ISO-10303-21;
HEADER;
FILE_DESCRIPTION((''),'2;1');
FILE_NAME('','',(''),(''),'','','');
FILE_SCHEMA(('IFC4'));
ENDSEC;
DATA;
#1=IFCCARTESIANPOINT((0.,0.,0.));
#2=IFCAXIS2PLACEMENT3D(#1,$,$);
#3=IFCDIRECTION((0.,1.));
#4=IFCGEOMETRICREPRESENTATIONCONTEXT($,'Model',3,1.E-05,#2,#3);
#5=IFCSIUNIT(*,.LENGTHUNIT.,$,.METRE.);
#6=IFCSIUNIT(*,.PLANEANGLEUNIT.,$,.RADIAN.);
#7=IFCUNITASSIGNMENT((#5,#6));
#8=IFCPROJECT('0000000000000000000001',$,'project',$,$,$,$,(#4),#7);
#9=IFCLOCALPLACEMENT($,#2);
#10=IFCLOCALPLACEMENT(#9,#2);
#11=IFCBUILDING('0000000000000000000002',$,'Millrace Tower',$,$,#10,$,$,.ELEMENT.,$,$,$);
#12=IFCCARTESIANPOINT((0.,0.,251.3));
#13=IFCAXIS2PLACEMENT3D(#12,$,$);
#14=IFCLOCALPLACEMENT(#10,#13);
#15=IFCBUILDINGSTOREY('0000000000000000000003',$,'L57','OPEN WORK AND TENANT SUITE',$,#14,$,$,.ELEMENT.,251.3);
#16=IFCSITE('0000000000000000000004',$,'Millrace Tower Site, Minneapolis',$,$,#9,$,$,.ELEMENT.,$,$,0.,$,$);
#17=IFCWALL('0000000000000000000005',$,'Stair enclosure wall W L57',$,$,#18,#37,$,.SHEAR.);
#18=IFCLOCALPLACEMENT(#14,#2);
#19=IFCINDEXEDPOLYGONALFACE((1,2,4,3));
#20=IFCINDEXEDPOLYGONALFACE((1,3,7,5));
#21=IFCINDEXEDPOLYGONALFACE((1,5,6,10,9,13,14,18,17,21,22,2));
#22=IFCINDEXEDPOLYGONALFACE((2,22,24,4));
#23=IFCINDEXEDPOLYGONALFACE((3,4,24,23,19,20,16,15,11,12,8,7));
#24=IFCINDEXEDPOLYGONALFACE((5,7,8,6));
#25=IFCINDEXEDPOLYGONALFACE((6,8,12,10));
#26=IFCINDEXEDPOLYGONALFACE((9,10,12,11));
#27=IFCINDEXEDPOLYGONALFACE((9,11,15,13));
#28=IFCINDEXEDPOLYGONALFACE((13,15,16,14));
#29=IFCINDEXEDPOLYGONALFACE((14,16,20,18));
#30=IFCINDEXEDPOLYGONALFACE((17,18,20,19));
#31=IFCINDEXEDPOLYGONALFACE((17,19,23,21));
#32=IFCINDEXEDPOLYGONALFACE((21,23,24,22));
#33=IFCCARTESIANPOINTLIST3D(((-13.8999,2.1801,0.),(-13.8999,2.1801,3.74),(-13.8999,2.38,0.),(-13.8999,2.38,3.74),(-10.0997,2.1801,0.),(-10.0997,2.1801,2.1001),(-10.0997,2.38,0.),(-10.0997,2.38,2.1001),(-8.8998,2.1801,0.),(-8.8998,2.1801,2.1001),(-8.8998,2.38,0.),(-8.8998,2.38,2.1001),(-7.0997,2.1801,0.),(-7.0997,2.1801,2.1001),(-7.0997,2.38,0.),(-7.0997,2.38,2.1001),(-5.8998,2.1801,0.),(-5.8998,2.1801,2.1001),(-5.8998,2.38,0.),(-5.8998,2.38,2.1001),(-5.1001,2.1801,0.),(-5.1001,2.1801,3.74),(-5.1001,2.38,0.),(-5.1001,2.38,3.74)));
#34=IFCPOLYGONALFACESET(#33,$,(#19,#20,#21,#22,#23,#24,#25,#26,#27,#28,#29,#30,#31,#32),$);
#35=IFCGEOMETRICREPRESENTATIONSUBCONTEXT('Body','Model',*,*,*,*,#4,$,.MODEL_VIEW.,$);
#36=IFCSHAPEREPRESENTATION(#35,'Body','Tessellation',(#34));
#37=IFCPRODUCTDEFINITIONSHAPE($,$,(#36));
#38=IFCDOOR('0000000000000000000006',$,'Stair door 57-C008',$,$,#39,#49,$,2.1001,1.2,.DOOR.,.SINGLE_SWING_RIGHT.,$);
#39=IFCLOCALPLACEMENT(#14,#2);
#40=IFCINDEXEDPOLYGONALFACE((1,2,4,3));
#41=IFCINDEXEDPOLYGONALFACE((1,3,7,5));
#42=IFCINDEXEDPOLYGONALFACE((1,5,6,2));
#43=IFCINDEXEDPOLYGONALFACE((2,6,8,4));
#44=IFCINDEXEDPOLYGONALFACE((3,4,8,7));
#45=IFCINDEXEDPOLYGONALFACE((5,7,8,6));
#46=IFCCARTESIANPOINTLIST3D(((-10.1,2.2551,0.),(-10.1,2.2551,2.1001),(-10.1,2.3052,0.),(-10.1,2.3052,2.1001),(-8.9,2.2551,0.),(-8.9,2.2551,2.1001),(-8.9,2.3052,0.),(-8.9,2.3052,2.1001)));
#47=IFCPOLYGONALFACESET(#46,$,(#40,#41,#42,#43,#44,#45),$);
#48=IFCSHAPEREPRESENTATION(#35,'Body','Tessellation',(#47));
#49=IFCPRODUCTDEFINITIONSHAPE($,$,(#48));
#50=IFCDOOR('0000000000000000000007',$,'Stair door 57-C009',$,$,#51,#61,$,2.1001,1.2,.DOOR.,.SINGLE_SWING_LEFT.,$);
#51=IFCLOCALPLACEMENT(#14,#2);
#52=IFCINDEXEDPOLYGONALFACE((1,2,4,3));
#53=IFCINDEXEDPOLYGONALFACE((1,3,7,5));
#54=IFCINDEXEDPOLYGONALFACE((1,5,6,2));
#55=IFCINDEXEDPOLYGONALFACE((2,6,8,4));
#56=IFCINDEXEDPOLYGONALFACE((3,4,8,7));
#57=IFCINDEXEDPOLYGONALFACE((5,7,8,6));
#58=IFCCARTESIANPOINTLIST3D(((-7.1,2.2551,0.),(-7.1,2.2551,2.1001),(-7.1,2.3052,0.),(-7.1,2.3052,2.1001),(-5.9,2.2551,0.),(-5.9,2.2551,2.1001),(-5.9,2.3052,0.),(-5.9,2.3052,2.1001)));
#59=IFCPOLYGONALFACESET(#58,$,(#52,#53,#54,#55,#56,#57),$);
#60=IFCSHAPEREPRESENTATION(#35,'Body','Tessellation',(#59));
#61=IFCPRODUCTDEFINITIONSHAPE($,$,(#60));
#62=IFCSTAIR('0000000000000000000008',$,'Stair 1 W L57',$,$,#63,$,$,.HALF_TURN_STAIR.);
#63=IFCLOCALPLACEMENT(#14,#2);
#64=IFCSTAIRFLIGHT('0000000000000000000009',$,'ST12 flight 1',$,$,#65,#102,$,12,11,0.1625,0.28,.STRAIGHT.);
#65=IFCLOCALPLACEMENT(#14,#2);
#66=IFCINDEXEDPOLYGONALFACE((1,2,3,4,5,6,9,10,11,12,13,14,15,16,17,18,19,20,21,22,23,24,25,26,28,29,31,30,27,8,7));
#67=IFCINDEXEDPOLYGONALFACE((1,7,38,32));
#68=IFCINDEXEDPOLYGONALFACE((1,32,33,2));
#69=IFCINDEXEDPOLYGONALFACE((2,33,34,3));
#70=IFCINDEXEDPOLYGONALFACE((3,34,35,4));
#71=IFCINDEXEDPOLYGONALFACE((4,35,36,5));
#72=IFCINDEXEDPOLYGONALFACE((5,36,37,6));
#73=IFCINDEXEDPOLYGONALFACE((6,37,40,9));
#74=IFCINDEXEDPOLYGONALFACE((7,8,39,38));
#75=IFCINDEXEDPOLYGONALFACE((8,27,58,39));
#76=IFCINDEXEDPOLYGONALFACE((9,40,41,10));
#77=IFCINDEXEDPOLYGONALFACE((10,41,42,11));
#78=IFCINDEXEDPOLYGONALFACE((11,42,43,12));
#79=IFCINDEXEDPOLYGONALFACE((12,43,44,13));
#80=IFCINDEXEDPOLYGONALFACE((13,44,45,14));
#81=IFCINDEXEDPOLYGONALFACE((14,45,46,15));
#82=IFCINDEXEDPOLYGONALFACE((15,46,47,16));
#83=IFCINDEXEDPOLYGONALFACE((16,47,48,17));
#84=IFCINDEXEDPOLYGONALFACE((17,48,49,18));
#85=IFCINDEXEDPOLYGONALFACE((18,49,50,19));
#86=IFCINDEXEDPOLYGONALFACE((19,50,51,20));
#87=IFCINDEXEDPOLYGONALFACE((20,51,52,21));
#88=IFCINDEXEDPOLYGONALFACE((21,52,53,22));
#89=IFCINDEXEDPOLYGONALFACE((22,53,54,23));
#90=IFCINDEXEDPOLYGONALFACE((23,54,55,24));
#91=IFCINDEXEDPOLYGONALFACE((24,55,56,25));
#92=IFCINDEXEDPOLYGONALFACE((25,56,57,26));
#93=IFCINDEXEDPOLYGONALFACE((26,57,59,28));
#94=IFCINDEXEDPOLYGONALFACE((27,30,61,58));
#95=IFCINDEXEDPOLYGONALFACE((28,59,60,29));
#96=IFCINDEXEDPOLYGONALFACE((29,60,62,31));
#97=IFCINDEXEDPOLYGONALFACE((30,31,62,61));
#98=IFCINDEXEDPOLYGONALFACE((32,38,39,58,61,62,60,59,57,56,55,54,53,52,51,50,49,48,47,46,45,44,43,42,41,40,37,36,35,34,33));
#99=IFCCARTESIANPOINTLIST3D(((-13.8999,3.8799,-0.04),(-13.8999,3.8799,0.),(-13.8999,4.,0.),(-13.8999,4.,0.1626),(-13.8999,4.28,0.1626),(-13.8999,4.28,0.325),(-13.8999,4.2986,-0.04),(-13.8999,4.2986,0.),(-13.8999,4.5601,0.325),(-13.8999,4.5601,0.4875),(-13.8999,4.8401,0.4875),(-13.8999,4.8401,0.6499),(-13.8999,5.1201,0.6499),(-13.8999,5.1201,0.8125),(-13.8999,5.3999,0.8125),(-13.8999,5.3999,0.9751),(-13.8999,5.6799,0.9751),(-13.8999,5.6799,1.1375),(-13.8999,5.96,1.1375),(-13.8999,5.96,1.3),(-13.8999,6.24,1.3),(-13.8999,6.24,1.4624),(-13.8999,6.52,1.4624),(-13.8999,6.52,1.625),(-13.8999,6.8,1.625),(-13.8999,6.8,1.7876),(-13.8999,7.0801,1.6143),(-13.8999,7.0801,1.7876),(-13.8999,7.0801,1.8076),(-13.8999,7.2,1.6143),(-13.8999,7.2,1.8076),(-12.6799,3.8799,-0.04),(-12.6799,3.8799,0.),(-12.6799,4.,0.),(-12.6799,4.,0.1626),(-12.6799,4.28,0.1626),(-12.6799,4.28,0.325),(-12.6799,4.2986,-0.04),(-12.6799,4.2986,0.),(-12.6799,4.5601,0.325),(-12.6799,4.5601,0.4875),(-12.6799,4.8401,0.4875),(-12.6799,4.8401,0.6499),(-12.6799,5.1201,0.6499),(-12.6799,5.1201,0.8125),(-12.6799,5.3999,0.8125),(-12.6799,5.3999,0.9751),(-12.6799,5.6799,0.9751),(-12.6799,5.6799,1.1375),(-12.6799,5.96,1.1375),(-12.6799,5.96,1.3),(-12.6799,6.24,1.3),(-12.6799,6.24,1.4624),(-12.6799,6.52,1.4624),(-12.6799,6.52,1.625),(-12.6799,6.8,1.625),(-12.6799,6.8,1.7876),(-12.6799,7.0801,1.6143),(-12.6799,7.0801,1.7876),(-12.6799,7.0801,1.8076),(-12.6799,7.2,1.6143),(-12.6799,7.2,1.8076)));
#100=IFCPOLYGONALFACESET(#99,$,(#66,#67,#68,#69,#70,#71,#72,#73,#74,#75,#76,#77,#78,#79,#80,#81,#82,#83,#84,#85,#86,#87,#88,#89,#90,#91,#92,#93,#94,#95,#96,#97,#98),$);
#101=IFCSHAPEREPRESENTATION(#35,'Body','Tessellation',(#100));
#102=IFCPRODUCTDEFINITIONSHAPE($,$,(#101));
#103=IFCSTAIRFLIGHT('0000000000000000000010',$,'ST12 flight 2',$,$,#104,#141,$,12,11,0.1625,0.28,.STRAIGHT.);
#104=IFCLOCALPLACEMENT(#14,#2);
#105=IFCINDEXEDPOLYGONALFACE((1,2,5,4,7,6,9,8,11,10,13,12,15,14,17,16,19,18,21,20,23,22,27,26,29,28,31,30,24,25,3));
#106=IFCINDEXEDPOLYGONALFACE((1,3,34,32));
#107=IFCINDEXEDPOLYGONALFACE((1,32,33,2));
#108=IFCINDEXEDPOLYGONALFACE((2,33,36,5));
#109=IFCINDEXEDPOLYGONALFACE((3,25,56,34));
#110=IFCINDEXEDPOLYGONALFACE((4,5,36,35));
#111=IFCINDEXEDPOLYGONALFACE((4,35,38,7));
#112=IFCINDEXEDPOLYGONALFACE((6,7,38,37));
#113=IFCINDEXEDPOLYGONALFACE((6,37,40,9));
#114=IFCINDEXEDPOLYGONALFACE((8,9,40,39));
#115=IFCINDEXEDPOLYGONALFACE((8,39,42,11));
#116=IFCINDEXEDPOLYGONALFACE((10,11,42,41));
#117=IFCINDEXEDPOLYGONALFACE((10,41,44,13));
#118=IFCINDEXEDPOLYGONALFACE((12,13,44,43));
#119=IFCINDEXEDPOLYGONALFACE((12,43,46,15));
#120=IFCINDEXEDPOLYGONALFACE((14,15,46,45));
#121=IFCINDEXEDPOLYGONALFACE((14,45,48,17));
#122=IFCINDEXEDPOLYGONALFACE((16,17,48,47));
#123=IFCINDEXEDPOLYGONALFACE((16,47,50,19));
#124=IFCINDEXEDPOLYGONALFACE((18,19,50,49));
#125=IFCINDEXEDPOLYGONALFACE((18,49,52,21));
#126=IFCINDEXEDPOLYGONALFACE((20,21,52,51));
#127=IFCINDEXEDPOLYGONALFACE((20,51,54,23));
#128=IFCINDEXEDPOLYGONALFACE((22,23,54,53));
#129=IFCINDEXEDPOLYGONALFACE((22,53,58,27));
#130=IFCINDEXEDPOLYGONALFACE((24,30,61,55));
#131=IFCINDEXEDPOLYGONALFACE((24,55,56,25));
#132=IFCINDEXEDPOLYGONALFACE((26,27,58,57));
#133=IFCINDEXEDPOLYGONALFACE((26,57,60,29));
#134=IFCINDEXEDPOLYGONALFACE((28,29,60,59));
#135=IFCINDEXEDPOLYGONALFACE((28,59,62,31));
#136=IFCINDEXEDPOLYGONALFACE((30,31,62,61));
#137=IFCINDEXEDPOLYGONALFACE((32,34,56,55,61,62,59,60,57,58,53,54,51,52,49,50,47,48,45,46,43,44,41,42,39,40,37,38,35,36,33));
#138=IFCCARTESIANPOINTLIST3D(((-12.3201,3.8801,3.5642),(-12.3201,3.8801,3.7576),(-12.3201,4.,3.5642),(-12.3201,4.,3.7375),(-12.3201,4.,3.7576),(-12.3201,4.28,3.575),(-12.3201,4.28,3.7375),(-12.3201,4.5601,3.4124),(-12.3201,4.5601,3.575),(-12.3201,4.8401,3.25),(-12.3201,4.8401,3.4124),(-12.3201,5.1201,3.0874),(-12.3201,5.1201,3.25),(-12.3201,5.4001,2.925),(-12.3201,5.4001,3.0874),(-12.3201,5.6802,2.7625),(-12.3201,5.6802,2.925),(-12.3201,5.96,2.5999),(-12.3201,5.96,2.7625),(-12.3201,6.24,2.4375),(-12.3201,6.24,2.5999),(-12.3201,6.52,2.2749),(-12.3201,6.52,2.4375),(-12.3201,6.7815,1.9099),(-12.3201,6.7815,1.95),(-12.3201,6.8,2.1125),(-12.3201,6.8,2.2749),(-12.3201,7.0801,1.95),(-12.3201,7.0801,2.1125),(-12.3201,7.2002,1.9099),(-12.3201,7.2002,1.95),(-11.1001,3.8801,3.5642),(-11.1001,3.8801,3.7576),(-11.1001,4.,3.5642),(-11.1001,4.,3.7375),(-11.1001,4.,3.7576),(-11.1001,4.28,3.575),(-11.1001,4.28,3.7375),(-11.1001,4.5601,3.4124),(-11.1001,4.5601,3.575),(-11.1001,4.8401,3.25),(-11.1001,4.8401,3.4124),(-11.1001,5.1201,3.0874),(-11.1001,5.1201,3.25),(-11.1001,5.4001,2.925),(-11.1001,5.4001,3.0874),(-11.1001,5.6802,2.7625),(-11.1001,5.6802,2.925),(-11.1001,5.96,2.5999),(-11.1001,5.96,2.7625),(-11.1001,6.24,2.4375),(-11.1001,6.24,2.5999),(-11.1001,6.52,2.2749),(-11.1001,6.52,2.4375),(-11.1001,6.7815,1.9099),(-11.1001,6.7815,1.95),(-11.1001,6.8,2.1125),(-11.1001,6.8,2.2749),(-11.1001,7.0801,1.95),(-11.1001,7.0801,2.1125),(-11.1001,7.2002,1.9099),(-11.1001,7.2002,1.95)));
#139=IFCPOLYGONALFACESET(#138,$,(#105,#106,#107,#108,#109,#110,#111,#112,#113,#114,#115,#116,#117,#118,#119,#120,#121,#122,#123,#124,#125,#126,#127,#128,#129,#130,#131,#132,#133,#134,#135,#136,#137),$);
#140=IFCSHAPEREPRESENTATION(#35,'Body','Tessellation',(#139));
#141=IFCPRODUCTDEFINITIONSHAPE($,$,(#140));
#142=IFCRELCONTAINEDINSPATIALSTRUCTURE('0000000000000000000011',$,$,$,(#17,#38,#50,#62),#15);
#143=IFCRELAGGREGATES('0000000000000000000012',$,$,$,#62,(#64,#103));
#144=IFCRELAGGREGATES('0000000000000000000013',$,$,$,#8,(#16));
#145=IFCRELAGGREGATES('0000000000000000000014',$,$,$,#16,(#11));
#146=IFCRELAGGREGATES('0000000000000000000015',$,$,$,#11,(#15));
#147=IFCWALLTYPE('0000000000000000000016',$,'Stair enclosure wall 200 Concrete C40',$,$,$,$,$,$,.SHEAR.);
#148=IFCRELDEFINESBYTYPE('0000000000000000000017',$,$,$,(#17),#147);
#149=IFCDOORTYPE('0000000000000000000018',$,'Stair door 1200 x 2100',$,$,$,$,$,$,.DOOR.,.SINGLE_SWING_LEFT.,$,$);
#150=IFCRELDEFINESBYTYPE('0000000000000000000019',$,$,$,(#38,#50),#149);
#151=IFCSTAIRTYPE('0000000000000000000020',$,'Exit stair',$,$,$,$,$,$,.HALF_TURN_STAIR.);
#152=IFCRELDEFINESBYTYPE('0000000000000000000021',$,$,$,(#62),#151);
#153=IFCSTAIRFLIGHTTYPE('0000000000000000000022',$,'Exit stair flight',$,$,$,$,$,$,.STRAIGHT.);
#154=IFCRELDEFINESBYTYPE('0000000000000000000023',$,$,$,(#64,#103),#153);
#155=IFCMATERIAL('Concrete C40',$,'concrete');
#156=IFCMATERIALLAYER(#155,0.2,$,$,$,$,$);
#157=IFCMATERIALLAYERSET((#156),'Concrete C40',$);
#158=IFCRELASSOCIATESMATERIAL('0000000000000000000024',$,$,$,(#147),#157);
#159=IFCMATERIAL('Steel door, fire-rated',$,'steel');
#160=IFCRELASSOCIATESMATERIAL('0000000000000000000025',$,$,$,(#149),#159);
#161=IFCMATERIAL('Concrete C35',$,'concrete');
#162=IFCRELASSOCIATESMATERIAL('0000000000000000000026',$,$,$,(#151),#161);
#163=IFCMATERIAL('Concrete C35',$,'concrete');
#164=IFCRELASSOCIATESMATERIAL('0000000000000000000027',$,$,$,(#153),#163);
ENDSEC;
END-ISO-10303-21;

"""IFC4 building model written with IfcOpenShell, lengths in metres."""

from ifc_helpers import new_model, si_unit, direction, frame, frame_2d, origin, place, context, subcontext, project, spatial, polyline, rectangle, outline, extrude, material, layer, layer_set, type_object, element, fill, aggregate, save


model = new_model("IFC4")

# Units and contexts
model_context = context("Model", 3, precision=1e-05, world=origin(), true_north=direction((0.0, 1.0)))
body_context = subcontext(model_context, "Body", "Model", "MODEL_VIEW")
ifc_project = project(units=[si_unit("LENGTHUNIT", "METRE"), si_unit("PLANEANGLEUNIT", "RADIAN")], contexts=[model_context])

# Site, building, storey
site_placement = place(None, origin())
site = spatial("IfcSite", under=ifc_project, at=site_placement, Name="Millrace Tower Site, Minneapolis", CompositionType="ELEMENT", RefElevation=0.0)
building_placement = place(site_placement, origin())
building = spatial("IfcBuilding", under=site, at=building_placement, Name="Millrace Tower", CompositionType="ELEMENT")
storey_placement = place(building_placement, frame((0.0, 0.0, 251.3)))
storey = spatial("IfcBuildingStorey", under=building, at=storey_placement, Name="L57", Description="OPEN WORK AND TENANT SUITE", CompositionType="ELEMENT", Elevation=251.3)

# Shared definitions
placement = place(storey_placement, origin())

# Shared definitions
ifc_material_1 = material(Name="Concrete C40", Category="concrete")
ifc_layer_1 = layer(ifc_material_1, 0.2)
ifc_layer_set_1 = layer_set([ifc_layer_1], Name="Concrete C40")
wall_type_1 = type_object("IfcWallType", Name="Stair enclosure wall 200 Concrete C40", PredefinedType="SHEAR", material=ifc_layer_set_1)

# Wall, openings, doors
wall_1_placement = place(storey_placement, frame((-13.8999, 2.28, 0.0), z_axis=(0.0, 0.0, 1.0), x_axis=(1.0, 0.0, 0.0)))
wall_1 = element("IfcWall", 1, at=wall_1_placement, inside=storey, type_object=wall_type_1, Name="Stair enclosure wall W L57", PredefinedType="SHEAR", context=body_context, shape_type="SweptSolid", body=[
    extrude(rectangle(XDim=8.7998, YDim=0.2, at=frame_2d((4.3999, 0.0))), origin(), (0.0, 0.0, 1.0), 3.74),
])
opening_1_placement = place(wall_1_placement, frame((3.8, 0.0, 0.0)))
opening_1 = element("IfcOpeningElement", 2, at=opening_1_placement, cuts=wall_1, PredefinedType="OPENING", context=body_context, shape_type="SweptSolid", body=[
    extrude(rectangle(XDim=1.2, YDim=2.1001, at=frame_2d((0.6001, 1.05))), frame((0.0, 0.1099, 0.0), z_axis=(0.0, -1.0, 0.0), x_axis=(1.0, 0.0, 0.0)), (0.0, 0.0, 1.0), 0.22),
])
opening_2_placement = place(wall_1_placement, frame((6.8, 0.0, 0.0)))
opening_2 = element("IfcOpeningElement", 3, at=opening_2_placement, cuts=wall_1, PredefinedType="OPENING", context=body_context, shape_type="SweptSolid", body=[
    extrude(rectangle(XDim=1.2, YDim=2.1001, at=frame_2d((0.6001, 1.05))), frame((0.0, 0.1099, 0.0), z_axis=(0.0, -1.0, 0.0), x_axis=(1.0, 0.0, 0.0)), (0.0, 0.0, 1.0), 0.22),
])
ifc_material_2 = material(Name="Steel door, fire-rated", Category="steel")
door_type_1 = type_object("IfcDoorType", Name="Stair door 1200 x 2100", OperationType="SINGLE_SWING_LEFT", PredefinedType="DOOR", material=ifc_material_2)
door_1_placement = place(opening_1_placement, frame((1.2, 0.0, 0.0), z_axis=(0.0, 0.0, 1.0), x_axis=(-1.0, 0.0, 0.0)))
door_1 = element("IfcDoor", 4, at=door_1_placement, inside=storey, type_object=door_type_1, Name="Stair door 57-C008", OperationType="SINGLE_SWING_RIGHT", OverallHeight=2.1001, OverallWidth=1.2, PredefinedType="DOOR", context=body_context, shape_type="SweptSolid", body=[
    extrude(rectangle(XDim=1.2, YDim=2.1001, at=frame_2d((0.6001, 1.05))), frame((0.0, 0.0249, 0.0), z_axis=(0.0, -1.0, 0.0), x_axis=(1.0, 0.0, 0.0)), (0.0, 0.0, 1.0), 0.05),
])
fill(opening_1, door_1)
door_2_placement = place(opening_2_placement, frame((1.2, 0.0, 0.0), z_axis=(0.0, 0.0, 1.0), x_axis=(-1.0, 0.0, 0.0)))
door_2 = element("IfcDoor", 5, at=door_2_placement, inside=storey, type_object=door_type_1, Name="Stair door 57-C009", OperationType="SINGLE_SWING_LEFT", OverallHeight=2.1001, OverallWidth=1.2, PredefinedType="DOOR", context=body_context, shape_type="SweptSolid", body=[
    extrude(rectangle(XDim=1.2, YDim=2.1001, at=frame_2d((0.6001, 1.05))), frame((0.0, 0.0249, 0.0), z_axis=(0.0, -1.0, 0.0), x_axis=(1.0, 0.0, 0.0)), (0.0, 0.0, 1.0), 0.05),
])
fill(opening_2, door_2)

# Stair, stair flights
ifc_material_3 = material(Name="Concrete C35", Category="concrete")
stair_type = type_object("IfcStairType", Name="Exit stair", PredefinedType="HALF_TURN_STAIR", material=ifc_material_3)
stair = element("IfcStair", 6, at=placement, inside=storey, type_object=stair_type, Name="Stair 1 W L57", PredefinedType="HALF_TURN_STAIR")
ifc_material_4 = material(Name="Concrete C35", Category="concrete")
stair_flight_type = type_object("IfcStairFlightType", Name="Exit stair flight", PredefinedType="STRAIGHT", material=ifc_material_4)
stair_flight_1_placement = place(storey_placement, frame((-13.29, 4.0, 0.0), z_axis=(0.0, 0.0, 1.0), x_axis=(0.0, 1.0, 0.0)))
stair_flight_1 = element("IfcStairFlight", 7, at=stair_flight_1_placement, type_object=stair_flight_type, Name="ST12 flight 1", NumberOfRisers=12, NumberOfTreads=11, PredefinedType="STRAIGHT", RiserHeight=0.1625, TreadLength=0.28, context=body_context, shape_type="SweptSolid", body=[
    extrude(outline(polyline([(-0.1201, -0.04), (-0.1201, 0.0), (0.0, 0.0), (0.0, 0.1626), (0.28, 0.1626), (0.28, 0.325), (0.5601, 0.325), (0.5601, 0.4875), (0.8401, 0.4875), (0.8401, 0.6499), (1.1201, 0.6499), (1.1201, 0.8125), (1.3999, 0.8125), (1.3999, 0.9751), (1.6799, 0.9751), (1.6799, 1.1375), (1.96, 1.1375), (1.96, 1.3), (2.24, 1.3), (2.24, 1.4624), (2.52, 1.4624), (2.52, 1.625), (2.8, 1.625), (2.8, 1.7876), (3.0801, 1.7876), (3.0801, 1.8076), (3.2, 1.8076), (3.2, 1.6143), (3.0801, 1.6143), (0.2986, 0.0), (0.2986, -0.04), (-0.1201, -0.04)])), frame((0.0, 0.6099, 0.0), z_axis=(0.0, -1.0, 0.0), x_axis=(1.0, 0.0, 0.0)), (0.0, 0.0, 1.0), 1.22),
])
stair_flight_2_placement = place(storey_placement, frame((-11.71, 7.0801, 1.95), z_axis=(0.0, 0.0, 1.0), x_axis=(0.0, -1.0, 0.0)))
stair_flight_2 = element("IfcStairFlight", 8, at=stair_flight_2_placement, type_object=stair_flight_type, Name="ST12 flight 2", NumberOfRisers=12, NumberOfTreads=11, PredefinedType="STRAIGHT", RiserHeight=0.1625, TreadLength=0.28, context=body_context, shape_type="SweptSolid", body=[
    extrude(outline(polyline([(-0.1201, -0.04), (-0.1201, 0.0), (0.0, 0.0), (0.0, 0.1626), (0.28, 0.1626), (0.28, 0.325), (0.5601, 0.325), (0.5601, 0.4875), (0.8401, 0.4875), (0.8401, 0.6499), (1.1201, 0.6499), (1.1201, 0.8125), (1.3999, 0.8125), (1.3999, 0.9751), (1.6799, 0.9751), (1.6799, 1.1375), (1.96, 1.1375), (1.96, 1.3), (2.24, 1.3), (2.24, 1.4624), (2.52, 1.4624), (2.52, 1.625), (2.8, 1.625), (2.8, 1.7876), (3.0801, 1.7876), (3.0801, 1.8076), (3.2, 1.8076), (3.2, 1.6143), (3.0801, 1.6143), (0.2986, 0.0), (0.2986, -0.04), (-0.1201, -0.04)])), frame((0.0, 0.6099, 0.0), z_axis=(0.0, -1.0, 0.0), x_axis=(1.0, 0.0, 0.0)), (0.0, 0.0, 1.0), 1.22),
])
aggregate(stair, [stair_flight_1, stair_flight_2])

save(model, "model.ifc")
